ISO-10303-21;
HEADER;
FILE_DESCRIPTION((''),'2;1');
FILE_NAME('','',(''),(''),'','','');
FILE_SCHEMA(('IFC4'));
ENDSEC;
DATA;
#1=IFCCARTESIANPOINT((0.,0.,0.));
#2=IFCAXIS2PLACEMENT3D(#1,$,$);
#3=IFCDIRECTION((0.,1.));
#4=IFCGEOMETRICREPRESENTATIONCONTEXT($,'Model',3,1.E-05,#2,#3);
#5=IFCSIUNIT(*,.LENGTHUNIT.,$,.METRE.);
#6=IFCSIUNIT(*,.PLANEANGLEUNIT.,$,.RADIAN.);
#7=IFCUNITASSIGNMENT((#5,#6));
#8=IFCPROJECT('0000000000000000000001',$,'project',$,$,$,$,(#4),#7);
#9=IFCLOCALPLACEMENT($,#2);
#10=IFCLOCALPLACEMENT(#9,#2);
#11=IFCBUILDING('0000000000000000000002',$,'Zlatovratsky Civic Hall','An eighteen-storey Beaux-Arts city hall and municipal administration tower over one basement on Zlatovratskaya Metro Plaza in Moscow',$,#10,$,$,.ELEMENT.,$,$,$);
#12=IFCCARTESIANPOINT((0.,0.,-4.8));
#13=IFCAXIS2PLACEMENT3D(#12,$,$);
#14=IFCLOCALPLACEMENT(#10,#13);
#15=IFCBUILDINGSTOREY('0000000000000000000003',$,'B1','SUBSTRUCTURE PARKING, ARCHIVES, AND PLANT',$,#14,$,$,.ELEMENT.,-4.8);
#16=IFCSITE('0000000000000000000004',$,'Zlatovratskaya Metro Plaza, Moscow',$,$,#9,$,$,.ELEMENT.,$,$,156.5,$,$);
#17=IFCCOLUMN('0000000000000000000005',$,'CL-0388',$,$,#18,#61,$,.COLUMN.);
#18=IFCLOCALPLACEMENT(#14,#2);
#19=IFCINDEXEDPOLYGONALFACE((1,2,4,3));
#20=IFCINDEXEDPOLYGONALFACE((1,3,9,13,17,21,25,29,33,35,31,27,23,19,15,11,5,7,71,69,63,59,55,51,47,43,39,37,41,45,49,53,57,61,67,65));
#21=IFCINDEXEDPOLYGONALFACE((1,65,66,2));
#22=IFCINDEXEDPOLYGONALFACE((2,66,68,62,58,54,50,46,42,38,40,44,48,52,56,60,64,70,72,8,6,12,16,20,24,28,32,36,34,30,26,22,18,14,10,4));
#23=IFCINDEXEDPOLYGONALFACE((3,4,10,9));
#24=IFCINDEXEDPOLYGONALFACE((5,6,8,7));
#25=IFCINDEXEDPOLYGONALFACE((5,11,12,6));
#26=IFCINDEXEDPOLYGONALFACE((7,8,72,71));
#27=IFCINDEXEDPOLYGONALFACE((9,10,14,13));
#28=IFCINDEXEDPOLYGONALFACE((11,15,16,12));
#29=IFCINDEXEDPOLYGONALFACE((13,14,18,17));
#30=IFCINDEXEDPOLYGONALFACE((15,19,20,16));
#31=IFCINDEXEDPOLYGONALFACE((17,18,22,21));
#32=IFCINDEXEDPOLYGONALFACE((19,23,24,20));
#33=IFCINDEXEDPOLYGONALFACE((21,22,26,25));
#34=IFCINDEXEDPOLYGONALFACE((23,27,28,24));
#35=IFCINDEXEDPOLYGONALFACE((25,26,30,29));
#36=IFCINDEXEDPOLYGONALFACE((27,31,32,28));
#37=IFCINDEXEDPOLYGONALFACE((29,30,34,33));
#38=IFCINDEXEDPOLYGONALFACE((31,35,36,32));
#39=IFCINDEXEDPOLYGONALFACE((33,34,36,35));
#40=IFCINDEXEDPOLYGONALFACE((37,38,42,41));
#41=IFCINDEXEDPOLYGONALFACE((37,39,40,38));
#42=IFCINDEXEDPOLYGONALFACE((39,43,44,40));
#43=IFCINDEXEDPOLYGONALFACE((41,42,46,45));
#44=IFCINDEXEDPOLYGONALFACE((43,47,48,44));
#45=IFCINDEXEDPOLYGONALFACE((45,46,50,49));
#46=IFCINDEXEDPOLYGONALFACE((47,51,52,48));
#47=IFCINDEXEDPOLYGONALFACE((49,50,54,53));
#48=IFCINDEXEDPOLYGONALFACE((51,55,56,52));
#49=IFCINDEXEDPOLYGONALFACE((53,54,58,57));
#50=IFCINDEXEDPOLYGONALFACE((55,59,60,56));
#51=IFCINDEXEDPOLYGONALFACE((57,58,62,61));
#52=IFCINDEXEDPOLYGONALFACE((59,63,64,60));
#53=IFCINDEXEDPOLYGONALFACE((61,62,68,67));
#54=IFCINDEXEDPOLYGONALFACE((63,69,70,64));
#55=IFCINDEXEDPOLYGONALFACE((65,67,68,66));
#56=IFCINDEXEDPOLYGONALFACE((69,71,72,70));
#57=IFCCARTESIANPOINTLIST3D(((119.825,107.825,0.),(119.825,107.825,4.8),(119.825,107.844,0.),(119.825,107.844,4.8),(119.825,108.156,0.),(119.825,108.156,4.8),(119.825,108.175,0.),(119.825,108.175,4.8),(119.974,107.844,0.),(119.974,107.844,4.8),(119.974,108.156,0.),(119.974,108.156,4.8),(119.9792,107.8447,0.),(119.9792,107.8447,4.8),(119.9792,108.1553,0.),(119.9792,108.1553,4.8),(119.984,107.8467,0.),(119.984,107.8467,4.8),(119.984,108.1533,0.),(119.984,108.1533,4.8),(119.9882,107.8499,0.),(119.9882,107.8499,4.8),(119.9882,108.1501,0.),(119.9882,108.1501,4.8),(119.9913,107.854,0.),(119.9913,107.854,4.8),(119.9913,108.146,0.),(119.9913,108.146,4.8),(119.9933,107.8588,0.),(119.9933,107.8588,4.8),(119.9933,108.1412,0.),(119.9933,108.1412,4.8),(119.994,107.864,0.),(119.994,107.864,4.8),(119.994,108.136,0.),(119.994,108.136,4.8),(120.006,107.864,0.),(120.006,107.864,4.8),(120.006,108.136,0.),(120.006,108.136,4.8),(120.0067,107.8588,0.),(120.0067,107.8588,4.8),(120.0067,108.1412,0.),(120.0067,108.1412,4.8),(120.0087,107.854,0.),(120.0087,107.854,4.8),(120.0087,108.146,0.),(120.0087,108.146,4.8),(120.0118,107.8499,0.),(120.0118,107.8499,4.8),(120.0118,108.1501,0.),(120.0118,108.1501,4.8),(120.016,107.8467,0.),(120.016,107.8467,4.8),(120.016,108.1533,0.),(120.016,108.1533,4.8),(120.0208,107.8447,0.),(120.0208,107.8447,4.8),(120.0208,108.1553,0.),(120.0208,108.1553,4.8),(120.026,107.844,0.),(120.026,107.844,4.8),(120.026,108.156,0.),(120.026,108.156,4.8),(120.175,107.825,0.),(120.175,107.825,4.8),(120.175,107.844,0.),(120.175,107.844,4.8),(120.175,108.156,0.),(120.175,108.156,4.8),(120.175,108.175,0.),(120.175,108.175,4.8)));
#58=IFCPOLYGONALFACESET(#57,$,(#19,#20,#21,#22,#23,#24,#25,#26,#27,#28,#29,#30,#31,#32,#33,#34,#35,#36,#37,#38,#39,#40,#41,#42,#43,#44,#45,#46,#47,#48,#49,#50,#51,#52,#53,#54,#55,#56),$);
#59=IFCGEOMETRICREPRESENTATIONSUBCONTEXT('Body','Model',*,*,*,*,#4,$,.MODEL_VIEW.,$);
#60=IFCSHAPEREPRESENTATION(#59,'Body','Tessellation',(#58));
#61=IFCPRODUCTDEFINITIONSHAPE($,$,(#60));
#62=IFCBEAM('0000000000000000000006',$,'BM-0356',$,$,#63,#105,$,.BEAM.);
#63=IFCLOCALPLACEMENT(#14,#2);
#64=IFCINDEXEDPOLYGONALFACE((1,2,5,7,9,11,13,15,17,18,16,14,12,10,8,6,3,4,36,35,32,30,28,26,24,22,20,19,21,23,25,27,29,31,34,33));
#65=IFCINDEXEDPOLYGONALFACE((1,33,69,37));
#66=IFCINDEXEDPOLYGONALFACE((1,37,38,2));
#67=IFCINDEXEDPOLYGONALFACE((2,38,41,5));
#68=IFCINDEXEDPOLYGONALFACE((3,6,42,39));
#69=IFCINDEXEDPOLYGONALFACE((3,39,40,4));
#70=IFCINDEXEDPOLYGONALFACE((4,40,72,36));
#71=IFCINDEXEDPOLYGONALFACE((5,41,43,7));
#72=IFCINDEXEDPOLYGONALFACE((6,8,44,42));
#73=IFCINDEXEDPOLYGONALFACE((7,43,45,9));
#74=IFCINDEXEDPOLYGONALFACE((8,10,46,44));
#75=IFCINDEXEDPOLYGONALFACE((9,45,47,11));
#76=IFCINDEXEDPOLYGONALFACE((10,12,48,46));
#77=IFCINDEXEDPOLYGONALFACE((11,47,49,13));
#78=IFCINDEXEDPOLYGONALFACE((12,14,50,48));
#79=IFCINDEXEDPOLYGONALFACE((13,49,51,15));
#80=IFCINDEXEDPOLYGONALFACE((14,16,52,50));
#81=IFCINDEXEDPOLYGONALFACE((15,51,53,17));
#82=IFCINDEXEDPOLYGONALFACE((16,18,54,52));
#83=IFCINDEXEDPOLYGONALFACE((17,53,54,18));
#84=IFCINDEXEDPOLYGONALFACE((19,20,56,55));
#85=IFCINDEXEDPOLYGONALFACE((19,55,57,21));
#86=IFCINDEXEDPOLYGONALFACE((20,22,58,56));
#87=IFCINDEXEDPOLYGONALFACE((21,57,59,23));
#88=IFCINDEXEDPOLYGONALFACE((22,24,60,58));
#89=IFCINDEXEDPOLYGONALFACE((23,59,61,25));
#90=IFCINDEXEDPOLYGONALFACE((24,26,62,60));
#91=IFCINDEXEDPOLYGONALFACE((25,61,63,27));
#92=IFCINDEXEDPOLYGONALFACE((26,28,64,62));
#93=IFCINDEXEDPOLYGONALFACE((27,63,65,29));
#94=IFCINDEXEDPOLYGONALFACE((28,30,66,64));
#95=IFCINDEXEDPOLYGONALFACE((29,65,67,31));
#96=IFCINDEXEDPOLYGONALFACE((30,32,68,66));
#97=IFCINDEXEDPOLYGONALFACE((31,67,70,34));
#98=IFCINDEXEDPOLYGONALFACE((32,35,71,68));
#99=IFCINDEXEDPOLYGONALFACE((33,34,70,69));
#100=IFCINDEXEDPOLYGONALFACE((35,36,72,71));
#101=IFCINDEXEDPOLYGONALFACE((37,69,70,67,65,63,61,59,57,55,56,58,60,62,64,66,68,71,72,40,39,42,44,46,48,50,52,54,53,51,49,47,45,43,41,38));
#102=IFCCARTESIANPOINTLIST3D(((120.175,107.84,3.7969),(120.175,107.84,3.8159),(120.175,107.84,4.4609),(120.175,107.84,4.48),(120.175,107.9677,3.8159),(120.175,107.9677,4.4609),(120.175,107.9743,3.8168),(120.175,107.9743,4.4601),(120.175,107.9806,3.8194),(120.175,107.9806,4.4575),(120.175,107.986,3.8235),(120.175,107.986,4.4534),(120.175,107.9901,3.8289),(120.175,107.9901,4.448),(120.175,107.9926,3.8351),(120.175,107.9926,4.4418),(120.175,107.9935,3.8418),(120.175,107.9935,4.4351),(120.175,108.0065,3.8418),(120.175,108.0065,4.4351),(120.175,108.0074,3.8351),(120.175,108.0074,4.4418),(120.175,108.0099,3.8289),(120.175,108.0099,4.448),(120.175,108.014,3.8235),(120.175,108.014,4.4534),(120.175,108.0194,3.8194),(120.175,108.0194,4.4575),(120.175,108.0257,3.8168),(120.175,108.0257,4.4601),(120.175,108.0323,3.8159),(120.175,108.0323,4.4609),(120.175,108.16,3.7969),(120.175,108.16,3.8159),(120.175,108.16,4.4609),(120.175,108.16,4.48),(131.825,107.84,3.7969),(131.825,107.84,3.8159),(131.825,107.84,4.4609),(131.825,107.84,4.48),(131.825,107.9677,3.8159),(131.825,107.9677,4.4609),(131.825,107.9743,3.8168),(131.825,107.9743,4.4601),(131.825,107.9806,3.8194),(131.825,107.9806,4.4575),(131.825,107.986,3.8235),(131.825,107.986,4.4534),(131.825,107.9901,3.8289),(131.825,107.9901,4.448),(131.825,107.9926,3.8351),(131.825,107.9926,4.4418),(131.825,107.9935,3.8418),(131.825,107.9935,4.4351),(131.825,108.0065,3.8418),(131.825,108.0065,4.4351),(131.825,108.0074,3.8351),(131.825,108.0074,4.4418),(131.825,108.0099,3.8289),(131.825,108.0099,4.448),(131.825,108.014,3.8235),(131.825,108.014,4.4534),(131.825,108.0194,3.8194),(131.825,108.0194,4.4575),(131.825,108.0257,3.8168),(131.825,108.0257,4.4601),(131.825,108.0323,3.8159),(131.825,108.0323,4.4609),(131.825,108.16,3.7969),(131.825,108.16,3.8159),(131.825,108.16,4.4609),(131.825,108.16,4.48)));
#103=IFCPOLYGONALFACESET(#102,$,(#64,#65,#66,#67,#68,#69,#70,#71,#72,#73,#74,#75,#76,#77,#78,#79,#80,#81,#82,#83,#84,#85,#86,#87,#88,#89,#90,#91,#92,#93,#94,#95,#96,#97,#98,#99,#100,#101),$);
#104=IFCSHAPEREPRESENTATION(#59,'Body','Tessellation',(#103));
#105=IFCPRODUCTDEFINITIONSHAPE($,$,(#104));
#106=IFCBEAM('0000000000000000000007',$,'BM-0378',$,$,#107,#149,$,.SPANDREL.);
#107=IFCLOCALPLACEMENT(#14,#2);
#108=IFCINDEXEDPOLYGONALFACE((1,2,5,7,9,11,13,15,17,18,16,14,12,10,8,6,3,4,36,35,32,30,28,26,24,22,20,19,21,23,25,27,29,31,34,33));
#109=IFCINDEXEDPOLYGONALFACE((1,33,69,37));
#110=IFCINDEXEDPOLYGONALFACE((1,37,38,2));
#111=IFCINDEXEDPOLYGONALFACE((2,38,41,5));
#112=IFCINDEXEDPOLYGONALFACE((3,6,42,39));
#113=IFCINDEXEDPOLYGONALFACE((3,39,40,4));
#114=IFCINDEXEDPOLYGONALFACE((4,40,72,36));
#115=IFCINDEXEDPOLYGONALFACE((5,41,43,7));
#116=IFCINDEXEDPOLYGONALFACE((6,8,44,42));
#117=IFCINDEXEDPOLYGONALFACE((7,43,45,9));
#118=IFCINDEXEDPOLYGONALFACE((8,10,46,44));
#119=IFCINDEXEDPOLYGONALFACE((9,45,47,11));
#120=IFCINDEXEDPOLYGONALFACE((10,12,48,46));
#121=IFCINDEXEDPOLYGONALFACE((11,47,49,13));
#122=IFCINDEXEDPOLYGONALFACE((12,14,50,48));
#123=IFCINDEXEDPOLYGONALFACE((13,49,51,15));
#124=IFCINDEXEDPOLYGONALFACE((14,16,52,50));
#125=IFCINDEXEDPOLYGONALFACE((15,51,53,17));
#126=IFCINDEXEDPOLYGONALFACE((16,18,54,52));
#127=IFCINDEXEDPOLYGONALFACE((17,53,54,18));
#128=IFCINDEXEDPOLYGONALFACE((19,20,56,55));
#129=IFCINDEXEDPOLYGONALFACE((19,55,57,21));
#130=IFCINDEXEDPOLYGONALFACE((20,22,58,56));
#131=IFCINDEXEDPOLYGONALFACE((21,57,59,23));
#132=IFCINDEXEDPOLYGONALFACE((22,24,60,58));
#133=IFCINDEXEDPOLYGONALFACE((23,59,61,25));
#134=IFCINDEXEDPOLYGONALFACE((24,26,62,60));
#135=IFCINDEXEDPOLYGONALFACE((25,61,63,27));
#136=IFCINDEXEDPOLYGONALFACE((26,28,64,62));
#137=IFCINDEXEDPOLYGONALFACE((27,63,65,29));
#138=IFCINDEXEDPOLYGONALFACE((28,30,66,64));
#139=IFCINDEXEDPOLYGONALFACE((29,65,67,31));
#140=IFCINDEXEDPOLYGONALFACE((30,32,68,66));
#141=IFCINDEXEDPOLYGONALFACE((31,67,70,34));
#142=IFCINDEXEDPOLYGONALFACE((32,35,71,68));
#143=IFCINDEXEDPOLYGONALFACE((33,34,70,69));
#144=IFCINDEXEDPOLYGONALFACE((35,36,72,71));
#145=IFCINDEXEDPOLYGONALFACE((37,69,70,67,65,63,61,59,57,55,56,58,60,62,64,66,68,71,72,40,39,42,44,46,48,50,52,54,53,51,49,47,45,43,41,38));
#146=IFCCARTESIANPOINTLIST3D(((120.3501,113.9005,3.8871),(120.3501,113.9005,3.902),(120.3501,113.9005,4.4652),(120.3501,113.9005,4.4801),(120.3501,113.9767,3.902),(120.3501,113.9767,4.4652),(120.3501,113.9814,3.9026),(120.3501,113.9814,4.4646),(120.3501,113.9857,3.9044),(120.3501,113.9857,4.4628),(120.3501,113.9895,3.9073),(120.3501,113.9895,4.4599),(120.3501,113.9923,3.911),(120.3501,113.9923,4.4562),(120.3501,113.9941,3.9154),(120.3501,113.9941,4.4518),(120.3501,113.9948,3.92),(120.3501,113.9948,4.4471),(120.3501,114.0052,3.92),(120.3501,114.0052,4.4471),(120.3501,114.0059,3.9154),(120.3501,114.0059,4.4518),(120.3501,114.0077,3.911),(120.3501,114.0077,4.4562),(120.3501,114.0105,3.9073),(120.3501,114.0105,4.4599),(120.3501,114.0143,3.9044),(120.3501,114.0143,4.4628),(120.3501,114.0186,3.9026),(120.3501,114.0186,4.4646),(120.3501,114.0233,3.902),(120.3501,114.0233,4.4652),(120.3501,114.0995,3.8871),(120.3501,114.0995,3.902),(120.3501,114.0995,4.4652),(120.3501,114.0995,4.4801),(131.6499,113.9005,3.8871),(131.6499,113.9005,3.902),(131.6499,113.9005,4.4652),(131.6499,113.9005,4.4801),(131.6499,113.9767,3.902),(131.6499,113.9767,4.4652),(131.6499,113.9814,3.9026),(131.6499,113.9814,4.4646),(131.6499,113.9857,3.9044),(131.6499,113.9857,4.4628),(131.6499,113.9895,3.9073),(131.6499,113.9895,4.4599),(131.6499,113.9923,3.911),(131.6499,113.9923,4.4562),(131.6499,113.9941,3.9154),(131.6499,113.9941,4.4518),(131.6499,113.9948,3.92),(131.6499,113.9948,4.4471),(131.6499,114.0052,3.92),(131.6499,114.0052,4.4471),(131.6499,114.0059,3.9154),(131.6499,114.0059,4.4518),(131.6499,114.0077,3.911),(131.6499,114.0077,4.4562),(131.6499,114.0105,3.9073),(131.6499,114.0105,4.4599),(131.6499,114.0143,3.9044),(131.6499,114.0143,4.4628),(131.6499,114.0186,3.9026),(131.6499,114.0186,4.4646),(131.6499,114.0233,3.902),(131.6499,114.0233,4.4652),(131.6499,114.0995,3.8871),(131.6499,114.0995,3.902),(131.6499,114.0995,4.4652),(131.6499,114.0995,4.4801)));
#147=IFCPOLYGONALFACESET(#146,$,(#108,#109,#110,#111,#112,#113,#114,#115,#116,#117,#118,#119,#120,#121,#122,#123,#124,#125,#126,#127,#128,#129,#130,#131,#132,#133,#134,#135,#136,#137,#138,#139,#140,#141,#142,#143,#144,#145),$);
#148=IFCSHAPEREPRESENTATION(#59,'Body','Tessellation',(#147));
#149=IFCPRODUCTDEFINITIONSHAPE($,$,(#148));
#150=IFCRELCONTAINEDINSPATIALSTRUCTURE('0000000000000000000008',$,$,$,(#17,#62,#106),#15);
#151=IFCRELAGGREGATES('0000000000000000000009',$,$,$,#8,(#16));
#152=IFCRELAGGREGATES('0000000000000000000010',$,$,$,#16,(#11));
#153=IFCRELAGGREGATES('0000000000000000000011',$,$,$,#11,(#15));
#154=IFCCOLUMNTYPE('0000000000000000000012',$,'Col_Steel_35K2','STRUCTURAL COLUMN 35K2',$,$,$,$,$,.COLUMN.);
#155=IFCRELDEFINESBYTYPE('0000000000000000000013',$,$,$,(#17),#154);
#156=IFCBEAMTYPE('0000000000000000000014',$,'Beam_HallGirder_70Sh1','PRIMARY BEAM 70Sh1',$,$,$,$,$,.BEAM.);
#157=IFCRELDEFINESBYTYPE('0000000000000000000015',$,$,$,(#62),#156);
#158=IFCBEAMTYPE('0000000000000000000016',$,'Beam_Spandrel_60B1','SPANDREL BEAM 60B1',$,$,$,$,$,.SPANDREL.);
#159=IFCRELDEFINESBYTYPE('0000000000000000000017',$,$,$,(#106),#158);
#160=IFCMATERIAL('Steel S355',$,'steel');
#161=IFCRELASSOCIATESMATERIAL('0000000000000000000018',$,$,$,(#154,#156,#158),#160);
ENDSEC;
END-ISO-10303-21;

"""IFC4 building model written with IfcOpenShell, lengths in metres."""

from ifc_helpers import new_model, si_unit, direction, frame, origin, origin_2d, place, context, subcontext, project, spatial, i_section, extrude, material, material_profile, profile_set, type_object, element, save


model = new_model("IFC4")

# Units and contexts
model_context = context("Model", 3, precision=1e-05, world=origin(), true_north=direction((0.0, 1.0)))
body_context = subcontext(model_context, "Body", "Model", "MODEL_VIEW")
ifc_project = project(units=[si_unit("LENGTHUNIT", "METRE"), si_unit("PLANEANGLEUNIT", "RADIAN")], contexts=[model_context])

# Site, building, storey
site_placement = place(None, origin())
site = spatial("IfcSite", under=ifc_project, at=site_placement, Name="Zlatovratskaya Metro Plaza, Moscow", CompositionType="ELEMENT", RefElevation=156.5)
building_placement = place(site_placement, origin())
building = spatial("IfcBuilding", under=site, at=building_placement, Name="Zlatovratsky Civic Hall", Description="An eighteen-storey Beaux-Arts city hall and municipal administration tower over one basement on Zlatovratskaya Metro Plaza in Moscow", CompositionType="ELEMENT")
storey_placement = place(building_placement, frame((0.0, 0.0, -4.8)))
storey = spatial("IfcBuildingStorey", under=building, at=storey_placement, Name="B1", Description="SUBSTRUCTURE PARKING, ARCHIVES, AND PLANT", CompositionType="ELEMENT", Elevation=-4.8)

# Column
ifc_material_1 = material(Name="Steel S355", Category="steel")
ifc_material_profile_1 = material_profile(ifc_material_1, i_section(OverallWidth=0.3501, OverallDepth=0.3501, WebThickness=0.012, FlangeThickness=0.019, FilletRadius=0.02, at=origin_2d()), Name="35K2")
ifc_profile_set_1 = profile_set([ifc_material_profile_1], Name="Steel S355")
column_type_1 = type_object("IfcColumnType", Name="Col_Steel_35K2", Description="STRUCTURAL COLUMN 35K2", PredefinedType="COLUMN", material=ifc_profile_set_1)
for number, where, z_axis, x_axis, name in (
    (1, (120.0, 108.0, 0.0), (0.0, 0.0, 1.0), (1.0, 0.0, 0.0), "CL-0388"),
):
    element("IfcColumn", number, at=place(storey_placement, frame(where, z_axis=z_axis, x_axis=x_axis)), inside=storey, type_object=column_type_1, Name=name, PredefinedType="COLUMN", context=body_context, shape_type="SweptSolid", body=[
        extrude(i_section(OverallWidth=0.3501, OverallDepth=0.3501, WebThickness=0.012, FlangeThickness=0.019, FilletRadius=0.02, at=origin_2d()), origin(), (0.0, 0.0, 1.0), 4.8),
    ])

# Beams
ifc_material_profile_2 = material_profile(ifc_material_1, i_section(OverallWidth=0.3201, OverallDepth=0.6831, WebThickness=0.0129, FlangeThickness=0.019, FilletRadius=0.0259, at=origin_2d()), Name="70Sh1")
ifc_profile_set_2 = profile_set([ifc_material_profile_2], Name="Steel S355")
beam_type_1 = type_object("IfcBeamType", Name="Beam_HallGirder_70Sh1", Description="PRIMARY BEAM 70Sh1", PredefinedType="BEAM", material=ifc_profile_set_2)
beam_1_placement = place(storey_placement, frame((120.175, 108.0, 4.1384), z_axis=(1.0, 0.0, 0.0), x_axis=(0.0, 1.0, 0.0)))
element("IfcBeam", 2, at=beam_1_placement, inside=storey, type_object=beam_type_1, Name="BM-0356", PredefinedType="BEAM", context=body_context, shape_type="SweptSolid", body=[
    extrude(i_section(OverallWidth=0.3201, OverallDepth=0.6831, WebThickness=0.0129, FlangeThickness=0.019, FilletRadius=0.0259, at=origin_2d()), origin(), (0.0, 0.0, 1.0), 11.6499),
])
ifc_material_profile_3 = material_profile(ifc_material_1, i_section(OverallWidth=0.199, OverallDepth=0.593, WebThickness=0.0105, FlangeThickness=0.0149, FilletRadius=0.0181, at=origin_2d()), Name="60B1")
ifc_profile_set_3 = profile_set([ifc_material_profile_3], Name="Steel S355")
beam_type_2 = type_object("IfcBeamType", Name="Beam_Spandrel_60B1", Description="SPANDREL BEAM 60B1", PredefinedType="SPANDREL", material=ifc_profile_set_3)
beam_2_placement = place(storey_placement, frame((120.3501, 114.0, 4.1836), z_axis=(1.0, 0.0, 0.0), x_axis=(0.0, 1.0, 0.0)))
element("IfcBeam", 3, at=beam_2_placement, inside=storey, type_object=beam_type_2, Name="BM-0378", PredefinedType="SPANDREL", context=body_context, shape_type="SweptSolid", body=[
    extrude(i_section(OverallWidth=0.199, OverallDepth=0.593, WebThickness=0.0105, FlangeThickness=0.0149, FilletRadius=0.0181, at=origin_2d()), origin(), (0.0, 0.0, 1.0), 11.2998),
])

save(model, "model.ifc")
